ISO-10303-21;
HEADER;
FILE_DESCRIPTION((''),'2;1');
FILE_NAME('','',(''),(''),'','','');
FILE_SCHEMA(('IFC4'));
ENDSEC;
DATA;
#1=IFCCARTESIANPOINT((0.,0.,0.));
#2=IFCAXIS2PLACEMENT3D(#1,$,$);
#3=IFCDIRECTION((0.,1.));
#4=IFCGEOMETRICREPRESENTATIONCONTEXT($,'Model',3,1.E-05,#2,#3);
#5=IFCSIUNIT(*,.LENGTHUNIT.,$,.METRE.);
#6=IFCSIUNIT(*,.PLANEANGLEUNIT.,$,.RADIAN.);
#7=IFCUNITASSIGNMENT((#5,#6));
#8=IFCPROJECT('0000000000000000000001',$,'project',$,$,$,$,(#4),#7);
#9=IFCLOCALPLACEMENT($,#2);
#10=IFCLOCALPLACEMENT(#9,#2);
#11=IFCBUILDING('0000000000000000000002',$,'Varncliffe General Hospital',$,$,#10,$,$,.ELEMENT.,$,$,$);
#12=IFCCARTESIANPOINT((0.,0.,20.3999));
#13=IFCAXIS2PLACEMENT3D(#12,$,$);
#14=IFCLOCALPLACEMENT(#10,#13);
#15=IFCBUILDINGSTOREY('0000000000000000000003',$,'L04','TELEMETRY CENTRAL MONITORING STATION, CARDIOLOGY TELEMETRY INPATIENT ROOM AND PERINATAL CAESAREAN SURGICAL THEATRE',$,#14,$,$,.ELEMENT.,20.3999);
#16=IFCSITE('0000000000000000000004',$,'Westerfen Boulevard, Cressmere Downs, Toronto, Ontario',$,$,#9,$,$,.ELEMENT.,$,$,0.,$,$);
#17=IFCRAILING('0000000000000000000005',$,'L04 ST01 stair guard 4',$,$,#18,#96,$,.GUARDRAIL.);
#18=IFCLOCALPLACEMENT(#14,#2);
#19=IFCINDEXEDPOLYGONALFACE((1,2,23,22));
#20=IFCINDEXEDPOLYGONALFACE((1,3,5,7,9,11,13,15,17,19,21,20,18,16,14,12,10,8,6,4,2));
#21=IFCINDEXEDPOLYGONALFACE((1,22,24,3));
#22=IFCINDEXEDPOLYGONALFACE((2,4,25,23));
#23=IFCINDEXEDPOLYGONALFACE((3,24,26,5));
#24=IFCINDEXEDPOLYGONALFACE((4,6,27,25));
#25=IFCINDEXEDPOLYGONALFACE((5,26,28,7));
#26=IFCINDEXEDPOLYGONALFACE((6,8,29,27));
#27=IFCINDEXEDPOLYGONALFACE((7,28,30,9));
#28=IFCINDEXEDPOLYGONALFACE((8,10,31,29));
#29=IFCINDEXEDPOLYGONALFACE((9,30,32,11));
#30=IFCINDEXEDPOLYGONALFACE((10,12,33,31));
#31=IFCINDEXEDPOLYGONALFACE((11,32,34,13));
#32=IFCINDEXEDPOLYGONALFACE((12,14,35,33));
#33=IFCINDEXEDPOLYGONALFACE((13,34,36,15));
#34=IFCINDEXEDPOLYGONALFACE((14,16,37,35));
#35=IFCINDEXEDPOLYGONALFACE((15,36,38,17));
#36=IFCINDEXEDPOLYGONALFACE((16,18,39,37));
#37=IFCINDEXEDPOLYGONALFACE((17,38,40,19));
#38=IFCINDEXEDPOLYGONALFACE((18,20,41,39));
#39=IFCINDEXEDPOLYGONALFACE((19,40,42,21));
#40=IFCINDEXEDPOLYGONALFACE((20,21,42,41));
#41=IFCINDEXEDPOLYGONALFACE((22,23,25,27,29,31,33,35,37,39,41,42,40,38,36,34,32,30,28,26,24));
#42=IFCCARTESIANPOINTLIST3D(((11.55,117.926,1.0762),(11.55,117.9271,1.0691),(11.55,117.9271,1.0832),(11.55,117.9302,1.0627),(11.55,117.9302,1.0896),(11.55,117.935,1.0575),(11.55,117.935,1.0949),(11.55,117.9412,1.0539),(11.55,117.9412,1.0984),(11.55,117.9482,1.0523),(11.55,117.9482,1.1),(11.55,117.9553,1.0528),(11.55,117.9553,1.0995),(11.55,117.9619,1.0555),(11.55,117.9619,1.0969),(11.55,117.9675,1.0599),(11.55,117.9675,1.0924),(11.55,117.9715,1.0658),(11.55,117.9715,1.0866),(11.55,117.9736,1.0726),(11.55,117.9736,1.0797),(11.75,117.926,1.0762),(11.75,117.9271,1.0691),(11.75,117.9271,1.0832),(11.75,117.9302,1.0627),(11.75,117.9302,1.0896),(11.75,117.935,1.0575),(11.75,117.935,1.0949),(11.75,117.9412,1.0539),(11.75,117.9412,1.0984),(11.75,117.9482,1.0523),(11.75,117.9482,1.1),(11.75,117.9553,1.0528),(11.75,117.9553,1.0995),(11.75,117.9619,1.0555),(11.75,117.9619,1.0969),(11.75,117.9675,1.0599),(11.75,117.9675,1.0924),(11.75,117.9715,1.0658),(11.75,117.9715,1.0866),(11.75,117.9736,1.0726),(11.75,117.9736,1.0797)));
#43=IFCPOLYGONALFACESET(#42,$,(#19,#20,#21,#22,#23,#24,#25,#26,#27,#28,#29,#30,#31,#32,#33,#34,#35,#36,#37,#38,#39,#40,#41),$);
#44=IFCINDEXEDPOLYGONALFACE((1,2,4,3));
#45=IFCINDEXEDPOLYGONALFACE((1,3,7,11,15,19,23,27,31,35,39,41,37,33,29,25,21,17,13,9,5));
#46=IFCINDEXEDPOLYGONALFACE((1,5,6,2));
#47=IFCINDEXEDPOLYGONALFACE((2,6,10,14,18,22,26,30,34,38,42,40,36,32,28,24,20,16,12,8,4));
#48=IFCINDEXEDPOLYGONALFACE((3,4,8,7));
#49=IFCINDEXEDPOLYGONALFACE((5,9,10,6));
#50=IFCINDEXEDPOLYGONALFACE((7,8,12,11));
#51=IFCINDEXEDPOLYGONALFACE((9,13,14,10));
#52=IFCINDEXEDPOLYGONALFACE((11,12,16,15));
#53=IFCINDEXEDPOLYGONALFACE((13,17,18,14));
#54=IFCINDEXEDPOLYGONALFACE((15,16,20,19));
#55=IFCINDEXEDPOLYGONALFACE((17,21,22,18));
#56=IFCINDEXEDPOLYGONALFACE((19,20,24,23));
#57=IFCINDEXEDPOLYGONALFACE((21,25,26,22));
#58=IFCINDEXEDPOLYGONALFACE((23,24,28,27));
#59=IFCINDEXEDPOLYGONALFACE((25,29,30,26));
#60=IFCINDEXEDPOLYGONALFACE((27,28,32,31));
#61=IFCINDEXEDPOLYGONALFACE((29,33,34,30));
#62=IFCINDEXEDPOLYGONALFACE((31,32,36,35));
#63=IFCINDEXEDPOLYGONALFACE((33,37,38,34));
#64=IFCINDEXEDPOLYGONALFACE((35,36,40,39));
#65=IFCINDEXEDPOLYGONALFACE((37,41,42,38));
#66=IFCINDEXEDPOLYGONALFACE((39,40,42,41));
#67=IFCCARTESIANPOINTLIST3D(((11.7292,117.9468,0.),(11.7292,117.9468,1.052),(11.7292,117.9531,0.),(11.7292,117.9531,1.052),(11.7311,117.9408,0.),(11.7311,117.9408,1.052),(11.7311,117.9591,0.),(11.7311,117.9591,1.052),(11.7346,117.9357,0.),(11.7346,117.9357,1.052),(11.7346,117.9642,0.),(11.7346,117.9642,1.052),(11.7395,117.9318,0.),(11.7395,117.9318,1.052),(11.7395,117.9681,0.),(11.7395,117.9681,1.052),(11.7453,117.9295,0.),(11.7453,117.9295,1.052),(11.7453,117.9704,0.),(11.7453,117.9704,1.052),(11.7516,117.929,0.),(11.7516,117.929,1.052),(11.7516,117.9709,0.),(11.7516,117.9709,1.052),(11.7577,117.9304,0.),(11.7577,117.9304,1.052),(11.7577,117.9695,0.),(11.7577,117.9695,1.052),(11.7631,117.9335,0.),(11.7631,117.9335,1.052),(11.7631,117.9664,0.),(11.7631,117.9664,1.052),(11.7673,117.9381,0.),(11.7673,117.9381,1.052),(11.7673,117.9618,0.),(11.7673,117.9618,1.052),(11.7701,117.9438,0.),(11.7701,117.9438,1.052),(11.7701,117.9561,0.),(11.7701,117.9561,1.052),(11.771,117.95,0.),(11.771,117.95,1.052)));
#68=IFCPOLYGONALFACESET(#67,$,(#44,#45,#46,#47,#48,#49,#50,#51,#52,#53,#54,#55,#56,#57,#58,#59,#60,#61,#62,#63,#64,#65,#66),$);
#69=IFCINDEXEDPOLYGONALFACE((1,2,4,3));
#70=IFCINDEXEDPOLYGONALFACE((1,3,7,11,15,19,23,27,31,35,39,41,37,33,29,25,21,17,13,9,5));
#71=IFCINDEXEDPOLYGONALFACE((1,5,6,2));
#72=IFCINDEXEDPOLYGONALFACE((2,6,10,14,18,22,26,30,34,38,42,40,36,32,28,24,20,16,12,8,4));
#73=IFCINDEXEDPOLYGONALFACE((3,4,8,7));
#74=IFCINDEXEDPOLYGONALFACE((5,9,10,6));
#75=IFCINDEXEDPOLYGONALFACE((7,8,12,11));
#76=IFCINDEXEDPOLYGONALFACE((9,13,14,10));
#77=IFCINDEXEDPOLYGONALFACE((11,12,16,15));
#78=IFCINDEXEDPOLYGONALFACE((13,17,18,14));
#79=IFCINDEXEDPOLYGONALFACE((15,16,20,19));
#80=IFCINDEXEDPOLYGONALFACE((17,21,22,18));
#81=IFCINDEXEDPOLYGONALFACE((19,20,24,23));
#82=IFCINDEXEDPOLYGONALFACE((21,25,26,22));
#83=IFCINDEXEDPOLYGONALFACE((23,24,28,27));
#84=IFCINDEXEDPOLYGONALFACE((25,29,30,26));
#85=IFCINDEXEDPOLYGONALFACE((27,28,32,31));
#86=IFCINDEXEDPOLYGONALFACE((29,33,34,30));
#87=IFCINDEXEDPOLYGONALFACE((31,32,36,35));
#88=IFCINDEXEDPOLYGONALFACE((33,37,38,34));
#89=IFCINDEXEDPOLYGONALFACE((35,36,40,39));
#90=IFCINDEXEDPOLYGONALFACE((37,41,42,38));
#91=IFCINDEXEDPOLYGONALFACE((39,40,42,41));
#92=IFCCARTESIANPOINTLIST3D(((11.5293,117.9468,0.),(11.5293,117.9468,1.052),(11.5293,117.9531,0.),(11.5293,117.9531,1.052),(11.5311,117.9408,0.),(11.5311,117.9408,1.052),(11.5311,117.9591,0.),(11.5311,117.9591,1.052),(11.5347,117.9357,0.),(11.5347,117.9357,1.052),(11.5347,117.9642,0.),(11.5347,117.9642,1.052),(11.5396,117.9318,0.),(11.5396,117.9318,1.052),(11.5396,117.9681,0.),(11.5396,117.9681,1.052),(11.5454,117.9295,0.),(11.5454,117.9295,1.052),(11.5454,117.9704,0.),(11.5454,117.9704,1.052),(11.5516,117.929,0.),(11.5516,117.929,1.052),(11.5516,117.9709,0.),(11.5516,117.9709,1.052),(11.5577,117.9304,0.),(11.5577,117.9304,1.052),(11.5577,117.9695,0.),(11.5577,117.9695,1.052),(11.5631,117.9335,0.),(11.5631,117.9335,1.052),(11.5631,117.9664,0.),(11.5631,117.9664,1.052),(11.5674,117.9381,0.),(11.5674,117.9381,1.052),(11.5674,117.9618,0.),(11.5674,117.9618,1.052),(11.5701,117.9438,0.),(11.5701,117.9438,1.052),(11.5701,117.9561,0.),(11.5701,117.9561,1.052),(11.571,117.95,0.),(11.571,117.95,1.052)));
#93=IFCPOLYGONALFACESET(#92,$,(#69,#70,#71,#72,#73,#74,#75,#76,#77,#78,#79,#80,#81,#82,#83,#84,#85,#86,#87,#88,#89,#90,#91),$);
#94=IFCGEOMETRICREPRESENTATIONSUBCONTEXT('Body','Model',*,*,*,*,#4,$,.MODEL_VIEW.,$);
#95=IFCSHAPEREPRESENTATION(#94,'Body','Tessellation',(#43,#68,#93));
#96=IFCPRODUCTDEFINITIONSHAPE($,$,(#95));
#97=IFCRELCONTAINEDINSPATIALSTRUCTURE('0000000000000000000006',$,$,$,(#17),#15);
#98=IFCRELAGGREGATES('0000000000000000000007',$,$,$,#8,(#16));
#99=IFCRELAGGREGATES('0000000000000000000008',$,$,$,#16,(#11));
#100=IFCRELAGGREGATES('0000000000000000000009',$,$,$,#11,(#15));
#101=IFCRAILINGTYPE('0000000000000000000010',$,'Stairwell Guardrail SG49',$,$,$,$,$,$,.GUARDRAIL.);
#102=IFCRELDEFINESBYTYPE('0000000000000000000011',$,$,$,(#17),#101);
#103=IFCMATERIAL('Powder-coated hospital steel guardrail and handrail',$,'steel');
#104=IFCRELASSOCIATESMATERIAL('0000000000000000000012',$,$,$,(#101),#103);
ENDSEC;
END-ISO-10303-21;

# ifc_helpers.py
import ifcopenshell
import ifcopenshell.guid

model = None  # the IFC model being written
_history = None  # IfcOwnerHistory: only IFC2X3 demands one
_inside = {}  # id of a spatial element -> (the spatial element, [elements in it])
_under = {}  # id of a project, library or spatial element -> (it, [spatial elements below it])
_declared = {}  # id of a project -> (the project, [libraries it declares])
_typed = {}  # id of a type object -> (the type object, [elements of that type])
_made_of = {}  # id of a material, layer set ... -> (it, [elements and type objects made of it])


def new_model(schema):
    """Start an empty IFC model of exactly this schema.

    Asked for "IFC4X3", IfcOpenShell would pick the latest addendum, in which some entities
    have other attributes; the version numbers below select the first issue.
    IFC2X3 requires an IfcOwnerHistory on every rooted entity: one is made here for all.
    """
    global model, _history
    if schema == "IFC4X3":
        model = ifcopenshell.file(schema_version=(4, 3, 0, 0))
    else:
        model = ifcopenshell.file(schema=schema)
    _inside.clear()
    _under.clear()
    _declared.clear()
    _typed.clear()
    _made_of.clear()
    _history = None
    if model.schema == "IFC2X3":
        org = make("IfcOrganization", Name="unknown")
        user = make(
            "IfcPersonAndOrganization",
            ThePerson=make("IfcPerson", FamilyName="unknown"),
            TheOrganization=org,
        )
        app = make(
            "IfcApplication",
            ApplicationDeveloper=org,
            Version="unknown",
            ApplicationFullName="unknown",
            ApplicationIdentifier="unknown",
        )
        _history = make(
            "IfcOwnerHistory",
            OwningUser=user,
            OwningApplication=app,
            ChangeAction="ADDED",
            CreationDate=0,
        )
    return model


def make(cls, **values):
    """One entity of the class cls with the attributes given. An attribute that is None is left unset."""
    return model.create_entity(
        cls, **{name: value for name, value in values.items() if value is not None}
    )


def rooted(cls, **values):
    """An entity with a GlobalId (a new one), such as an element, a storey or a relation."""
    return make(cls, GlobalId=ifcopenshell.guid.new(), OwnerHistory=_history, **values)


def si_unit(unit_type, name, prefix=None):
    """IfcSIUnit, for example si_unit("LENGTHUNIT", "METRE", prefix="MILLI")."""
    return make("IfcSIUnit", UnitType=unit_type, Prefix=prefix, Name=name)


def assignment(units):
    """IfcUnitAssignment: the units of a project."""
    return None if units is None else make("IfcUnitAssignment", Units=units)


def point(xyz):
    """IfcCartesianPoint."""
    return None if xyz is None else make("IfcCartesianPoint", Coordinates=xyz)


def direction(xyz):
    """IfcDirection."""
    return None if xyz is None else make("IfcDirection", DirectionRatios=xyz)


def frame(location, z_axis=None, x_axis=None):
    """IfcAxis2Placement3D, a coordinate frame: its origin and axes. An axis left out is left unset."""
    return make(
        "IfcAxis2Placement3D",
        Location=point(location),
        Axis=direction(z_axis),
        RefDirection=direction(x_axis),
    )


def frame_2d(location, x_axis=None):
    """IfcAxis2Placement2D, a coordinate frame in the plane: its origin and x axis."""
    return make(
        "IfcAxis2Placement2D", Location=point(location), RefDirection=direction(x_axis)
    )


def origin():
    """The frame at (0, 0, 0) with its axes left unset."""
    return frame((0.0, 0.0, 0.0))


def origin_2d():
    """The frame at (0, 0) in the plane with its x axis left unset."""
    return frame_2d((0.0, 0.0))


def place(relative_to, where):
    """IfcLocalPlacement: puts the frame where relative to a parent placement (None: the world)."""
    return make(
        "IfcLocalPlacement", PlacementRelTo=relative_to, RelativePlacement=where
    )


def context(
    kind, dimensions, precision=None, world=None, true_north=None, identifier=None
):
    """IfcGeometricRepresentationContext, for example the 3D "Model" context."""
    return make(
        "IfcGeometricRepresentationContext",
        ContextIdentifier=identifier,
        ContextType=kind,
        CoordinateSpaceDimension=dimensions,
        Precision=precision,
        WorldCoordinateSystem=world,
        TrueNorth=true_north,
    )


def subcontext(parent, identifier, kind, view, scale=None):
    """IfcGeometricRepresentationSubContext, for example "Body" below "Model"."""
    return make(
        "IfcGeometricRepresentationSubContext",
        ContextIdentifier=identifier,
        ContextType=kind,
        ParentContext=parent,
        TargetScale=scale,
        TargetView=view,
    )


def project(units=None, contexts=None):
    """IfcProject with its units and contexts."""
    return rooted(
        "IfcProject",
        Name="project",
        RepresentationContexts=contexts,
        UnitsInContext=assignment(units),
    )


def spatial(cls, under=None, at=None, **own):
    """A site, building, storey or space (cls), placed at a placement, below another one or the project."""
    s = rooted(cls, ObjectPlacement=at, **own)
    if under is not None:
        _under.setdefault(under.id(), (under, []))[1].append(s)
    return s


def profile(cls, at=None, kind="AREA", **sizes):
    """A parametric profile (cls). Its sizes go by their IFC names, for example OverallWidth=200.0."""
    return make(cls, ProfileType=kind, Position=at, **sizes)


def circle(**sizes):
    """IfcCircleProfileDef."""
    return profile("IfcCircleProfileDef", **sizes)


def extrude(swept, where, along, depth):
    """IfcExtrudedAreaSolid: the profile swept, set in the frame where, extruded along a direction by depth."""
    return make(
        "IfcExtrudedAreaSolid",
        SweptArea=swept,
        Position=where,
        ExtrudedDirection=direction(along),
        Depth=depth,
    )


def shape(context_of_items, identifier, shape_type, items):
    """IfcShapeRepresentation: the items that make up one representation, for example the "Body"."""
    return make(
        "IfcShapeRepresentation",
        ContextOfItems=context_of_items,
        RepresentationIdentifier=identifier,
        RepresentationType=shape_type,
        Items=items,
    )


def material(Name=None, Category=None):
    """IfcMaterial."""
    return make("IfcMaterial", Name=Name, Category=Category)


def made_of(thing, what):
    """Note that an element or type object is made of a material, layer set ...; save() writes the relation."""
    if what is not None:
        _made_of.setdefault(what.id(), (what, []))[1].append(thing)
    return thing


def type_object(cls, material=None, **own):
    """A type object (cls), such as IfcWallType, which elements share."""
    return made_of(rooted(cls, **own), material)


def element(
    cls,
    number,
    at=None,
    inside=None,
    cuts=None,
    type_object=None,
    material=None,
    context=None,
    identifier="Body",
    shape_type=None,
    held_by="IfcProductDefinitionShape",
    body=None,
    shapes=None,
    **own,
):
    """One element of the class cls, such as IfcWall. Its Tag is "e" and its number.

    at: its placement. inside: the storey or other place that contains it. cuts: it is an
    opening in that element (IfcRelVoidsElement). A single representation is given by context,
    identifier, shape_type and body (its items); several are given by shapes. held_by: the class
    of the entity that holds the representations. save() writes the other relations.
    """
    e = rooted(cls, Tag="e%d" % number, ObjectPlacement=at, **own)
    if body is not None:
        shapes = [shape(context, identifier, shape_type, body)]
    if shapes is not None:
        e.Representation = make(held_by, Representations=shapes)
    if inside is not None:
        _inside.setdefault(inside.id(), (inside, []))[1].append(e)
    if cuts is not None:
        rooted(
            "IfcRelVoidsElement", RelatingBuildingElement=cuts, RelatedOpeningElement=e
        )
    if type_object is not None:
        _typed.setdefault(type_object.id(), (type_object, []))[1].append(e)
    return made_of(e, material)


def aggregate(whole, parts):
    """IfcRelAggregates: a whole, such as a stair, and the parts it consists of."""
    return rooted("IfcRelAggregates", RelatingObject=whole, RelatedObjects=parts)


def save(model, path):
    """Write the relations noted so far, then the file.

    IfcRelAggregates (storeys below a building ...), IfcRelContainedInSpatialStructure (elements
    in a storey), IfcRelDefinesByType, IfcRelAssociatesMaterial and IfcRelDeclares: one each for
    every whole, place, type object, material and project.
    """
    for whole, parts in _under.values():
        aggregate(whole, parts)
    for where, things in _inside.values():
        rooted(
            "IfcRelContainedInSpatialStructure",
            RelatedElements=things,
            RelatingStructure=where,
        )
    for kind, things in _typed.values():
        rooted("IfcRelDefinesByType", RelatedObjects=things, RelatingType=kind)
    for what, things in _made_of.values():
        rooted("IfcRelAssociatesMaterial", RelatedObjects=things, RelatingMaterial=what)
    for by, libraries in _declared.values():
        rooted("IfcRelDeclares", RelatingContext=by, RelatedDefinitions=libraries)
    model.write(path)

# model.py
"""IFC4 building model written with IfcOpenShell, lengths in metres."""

from ifc_helpers import new_model, si_unit, direction, frame, origin, origin_2d, place, context, subcontext, project, spatial, circle, extrude, material, type_object, element, save


model = new_model("IFC4")

# Units and contexts
model_context = context("Model", 3, precision=1e-05, world=origin(), true_north=direction((0.0, 1.0)))
body_context = subcontext(model_context, "Body", "Model", "MODEL_VIEW")
ifc_project = project(units=[si_unit("LENGTHUNIT", "METRE"), si_unit("PLANEANGLEUNIT", "RADIAN")], contexts=[model_context])

# Site, building, storey
site_placement = place(None, origin())
site = spatial("IfcSite", under=ifc_project, at=site_placement, Name="Westerfen Boulevard, Cressmere Downs, Toronto, Ontario", CompositionType="ELEMENT", RefElevation=0.0)
building_placement = place(site_placement, origin())
building = spatial("IfcBuilding", under=site, at=building_placement, Name="Varncliffe General Hospital", CompositionType="ELEMENT")
storey_placement = place(building_placement, frame((0.0, 0.0, 20.3999)))
storey = spatial("IfcBuildingStorey", under=building, at=storey_placement, Name="L04", Description="TELEMETRY CENTRAL MONITORING STATION, CARDIOLOGY TELEMETRY INPATIENT ROOM AND PERINATAL CAESAREAN SURGICAL THEATRE", CompositionType="ELEMENT", Elevation=20.3999)

# Railing
ifc_material_1 = material(Name="Powder-coated hospital steel guardrail and handrail", Category="steel")
railing_type_1 = type_object("IfcRailingType", Name="Stairwell Guardrail SG49", PredefinedType="GUARDRAIL", material=ifc_material_1)
railing_1_placement = place(storey_placement, frame((11.75, 117.95, 0.0)))
element("IfcRailing", 1, at=railing_1_placement, inside=storey, type_object=railing_type_1, Name="L04 ST01 stair guard 4", PredefinedType="GUARDRAIL", context=body_context, shape_type="SweptSolid", body=[
    extrude(circle(Radius=0.0239, at=origin_2d()), frame((0.0, 0.0, 1.0762), z_axis=(-1.0, 0.0, 0.0), x_axis=(0.0, -1.0, 0.0)), (0.0, 0.0, 1.0), 0.2),
    extrude(circle(Radius=0.021, at=origin_2d()), origin(), (0.0, 0.0, 1.0), 1.052),
    extrude(circle(Radius=0.021, at=origin_2d()), frame((-0.2, 0.0, 0.0)), (0.0, 0.0, 1.0), 1.052),
])

save(model, "model.ifc")
